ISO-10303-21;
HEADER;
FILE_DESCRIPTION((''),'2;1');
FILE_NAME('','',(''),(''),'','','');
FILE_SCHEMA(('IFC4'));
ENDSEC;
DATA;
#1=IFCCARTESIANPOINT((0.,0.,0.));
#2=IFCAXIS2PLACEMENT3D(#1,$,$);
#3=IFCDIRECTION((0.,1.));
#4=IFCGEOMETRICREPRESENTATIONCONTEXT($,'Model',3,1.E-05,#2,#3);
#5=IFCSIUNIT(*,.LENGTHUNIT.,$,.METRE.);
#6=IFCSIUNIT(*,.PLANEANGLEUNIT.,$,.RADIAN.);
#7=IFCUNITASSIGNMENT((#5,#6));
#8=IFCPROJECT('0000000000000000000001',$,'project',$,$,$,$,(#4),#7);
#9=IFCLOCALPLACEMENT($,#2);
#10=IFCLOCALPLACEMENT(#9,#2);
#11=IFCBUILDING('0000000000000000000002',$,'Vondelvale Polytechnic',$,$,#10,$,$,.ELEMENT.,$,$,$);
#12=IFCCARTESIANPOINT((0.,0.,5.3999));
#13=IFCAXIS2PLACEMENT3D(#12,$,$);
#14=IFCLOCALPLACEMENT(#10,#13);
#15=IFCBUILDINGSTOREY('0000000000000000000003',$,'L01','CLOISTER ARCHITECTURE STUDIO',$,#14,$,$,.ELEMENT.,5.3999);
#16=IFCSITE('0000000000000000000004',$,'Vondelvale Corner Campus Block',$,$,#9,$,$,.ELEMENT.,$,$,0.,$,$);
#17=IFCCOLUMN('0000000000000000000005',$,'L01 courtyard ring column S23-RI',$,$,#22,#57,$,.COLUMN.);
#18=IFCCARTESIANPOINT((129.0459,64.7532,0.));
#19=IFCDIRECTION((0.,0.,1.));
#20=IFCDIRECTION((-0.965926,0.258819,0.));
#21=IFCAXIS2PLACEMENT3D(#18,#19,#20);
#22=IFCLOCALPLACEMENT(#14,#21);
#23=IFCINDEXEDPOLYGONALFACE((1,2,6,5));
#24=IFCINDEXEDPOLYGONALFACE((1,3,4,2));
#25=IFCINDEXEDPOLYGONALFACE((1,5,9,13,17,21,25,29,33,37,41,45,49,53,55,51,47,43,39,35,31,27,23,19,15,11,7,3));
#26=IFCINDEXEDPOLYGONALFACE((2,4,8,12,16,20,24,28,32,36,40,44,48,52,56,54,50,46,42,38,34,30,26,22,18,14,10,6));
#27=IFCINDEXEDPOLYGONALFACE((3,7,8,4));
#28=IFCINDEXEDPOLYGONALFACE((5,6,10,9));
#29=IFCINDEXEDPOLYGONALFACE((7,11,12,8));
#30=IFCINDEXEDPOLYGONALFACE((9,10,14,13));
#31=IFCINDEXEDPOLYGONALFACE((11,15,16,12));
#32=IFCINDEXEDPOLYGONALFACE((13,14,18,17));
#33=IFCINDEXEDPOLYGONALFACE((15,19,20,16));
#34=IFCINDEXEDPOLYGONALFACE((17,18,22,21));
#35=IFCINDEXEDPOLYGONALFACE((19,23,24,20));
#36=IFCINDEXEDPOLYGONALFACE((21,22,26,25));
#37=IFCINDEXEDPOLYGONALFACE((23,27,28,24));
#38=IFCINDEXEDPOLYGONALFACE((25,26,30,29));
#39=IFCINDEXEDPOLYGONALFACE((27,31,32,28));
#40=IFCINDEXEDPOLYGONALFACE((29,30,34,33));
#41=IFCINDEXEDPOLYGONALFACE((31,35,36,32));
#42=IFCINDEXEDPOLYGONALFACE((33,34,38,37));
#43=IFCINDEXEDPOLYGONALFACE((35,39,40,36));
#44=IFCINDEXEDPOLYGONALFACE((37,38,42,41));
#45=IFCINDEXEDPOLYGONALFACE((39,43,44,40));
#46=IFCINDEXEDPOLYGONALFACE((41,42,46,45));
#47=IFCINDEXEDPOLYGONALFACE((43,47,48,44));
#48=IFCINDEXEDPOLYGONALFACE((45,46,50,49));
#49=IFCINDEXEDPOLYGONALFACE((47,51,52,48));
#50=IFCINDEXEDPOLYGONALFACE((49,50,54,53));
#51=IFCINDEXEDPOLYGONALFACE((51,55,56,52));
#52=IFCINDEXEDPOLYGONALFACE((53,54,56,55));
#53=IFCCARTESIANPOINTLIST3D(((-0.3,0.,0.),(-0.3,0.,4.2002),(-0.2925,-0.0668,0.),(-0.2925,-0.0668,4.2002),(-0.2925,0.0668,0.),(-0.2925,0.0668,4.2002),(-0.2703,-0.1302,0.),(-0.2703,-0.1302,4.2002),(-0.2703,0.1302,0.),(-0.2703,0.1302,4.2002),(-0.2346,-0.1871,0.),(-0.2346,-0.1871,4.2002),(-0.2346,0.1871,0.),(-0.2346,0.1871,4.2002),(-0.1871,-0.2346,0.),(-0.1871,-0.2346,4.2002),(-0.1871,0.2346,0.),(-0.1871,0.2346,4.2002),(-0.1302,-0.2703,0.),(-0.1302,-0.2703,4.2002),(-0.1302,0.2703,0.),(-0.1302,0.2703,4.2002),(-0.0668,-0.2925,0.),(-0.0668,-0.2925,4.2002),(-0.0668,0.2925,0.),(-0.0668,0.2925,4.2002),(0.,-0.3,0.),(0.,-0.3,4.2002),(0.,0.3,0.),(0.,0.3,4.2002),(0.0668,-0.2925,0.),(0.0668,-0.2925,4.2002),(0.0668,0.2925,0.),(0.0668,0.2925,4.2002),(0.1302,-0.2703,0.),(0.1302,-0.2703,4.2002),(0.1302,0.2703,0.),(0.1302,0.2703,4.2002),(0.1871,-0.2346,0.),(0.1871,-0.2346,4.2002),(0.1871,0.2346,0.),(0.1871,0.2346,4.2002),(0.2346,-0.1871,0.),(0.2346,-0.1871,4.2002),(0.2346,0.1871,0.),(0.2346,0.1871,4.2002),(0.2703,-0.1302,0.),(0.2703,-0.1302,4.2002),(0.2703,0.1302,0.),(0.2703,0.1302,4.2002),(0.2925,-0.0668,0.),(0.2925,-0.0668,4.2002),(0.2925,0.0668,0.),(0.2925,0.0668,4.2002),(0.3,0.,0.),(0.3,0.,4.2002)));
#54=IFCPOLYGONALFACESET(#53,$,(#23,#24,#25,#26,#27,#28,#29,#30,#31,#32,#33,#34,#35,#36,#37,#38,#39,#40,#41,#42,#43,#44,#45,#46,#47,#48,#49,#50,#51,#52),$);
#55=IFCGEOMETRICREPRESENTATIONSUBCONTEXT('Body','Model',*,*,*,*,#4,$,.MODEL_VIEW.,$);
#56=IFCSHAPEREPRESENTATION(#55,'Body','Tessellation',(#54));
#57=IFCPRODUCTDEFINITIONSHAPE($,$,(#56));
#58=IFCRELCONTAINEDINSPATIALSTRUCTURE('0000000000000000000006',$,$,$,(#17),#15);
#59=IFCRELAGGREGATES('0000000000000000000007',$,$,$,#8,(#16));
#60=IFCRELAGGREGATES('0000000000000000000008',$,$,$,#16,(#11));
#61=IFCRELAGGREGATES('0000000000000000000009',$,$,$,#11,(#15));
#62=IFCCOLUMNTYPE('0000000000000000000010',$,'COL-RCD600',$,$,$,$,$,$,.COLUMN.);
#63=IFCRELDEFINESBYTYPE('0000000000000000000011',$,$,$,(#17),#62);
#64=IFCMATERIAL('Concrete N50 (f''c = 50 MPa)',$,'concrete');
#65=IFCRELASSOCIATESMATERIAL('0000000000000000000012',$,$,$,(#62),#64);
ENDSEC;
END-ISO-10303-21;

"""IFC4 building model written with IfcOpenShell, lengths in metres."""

from ifc_helpers import new_model, si_unit, direction, frame, origin, origin_2d, place, context, subcontext, project, spatial, circle, extrude, material, material_profile, profile_set, type_object, element, save


model = new_model("IFC4")

# Units and contexts
model_context = context("Model", 3, precision=1e-05, world=origin(), true_north=direction((0.0, 1.0)))
body_context = subcontext(model_context, "Body", "Model", "MODEL_VIEW")
ifc_project = project(units=[si_unit("LENGTHUNIT", "METRE"), si_unit("PLANEANGLEUNIT", "RADIAN")], contexts=[model_context])

# Site, building, storey
site_placement = place(None, origin())
site = spatial("IfcSite", under=ifc_project, at=site_placement, Name="Vondelvale Corner Campus Block", CompositionType="ELEMENT", RefElevation=0.0)
building_placement = place(site_placement, origin())
building = spatial("IfcBuilding", under=site, at=building_placement, Name="Vondelvale Polytechnic", CompositionType="ELEMENT")
storey_placement = place(building_placement, frame((0.0, 0.0, 5.3999)))
storey = spatial("IfcBuildingStorey", under=building, at=storey_placement, Name="L01", Description="CLOISTER ARCHITECTURE STUDIO", CompositionType="ELEMENT", Elevation=5.3999)

# Column
ifc_material_1 = material(Name="Concrete N50 (f'c = 50 MPa)", Category="concrete")
ifc_material_profile_1 = material_profile(ifc_material_1, circle(Radius=0.3, at=origin_2d()), Name="RC-COL-D600")
ifc_profile_set_1 = profile_set([ifc_material_profile_1], Name="Concrete N50 (f'c = 50 MPa)")
column_type = type_object("IfcColumnType", Name="COL-RCD600", PredefinedType="COLUMN", material=ifc_profile_set_1)
for number, where, z_axis, x_axis, name in (
    (1, (129.0459, 64.7532, 0.0), (0.0, 0.0, 1.0), (-0.965926, 0.258819, 0.0), "L01 courtyard ring column S23-RI"),
):
    element("IfcColumn", number, at=place(storey_placement, frame(where, z_axis=z_axis, x_axis=x_axis)), inside=storey, type_object=column_type, Name=name, PredefinedType="COLUMN", context=body_context, shape_type="SweptSolid", body=[
        extrude(circle(Radius=0.3, at=origin_2d()), origin(), (0.0, 0.0, 1.0), 4.2002),
    ])

save(model, "model.ifc")
